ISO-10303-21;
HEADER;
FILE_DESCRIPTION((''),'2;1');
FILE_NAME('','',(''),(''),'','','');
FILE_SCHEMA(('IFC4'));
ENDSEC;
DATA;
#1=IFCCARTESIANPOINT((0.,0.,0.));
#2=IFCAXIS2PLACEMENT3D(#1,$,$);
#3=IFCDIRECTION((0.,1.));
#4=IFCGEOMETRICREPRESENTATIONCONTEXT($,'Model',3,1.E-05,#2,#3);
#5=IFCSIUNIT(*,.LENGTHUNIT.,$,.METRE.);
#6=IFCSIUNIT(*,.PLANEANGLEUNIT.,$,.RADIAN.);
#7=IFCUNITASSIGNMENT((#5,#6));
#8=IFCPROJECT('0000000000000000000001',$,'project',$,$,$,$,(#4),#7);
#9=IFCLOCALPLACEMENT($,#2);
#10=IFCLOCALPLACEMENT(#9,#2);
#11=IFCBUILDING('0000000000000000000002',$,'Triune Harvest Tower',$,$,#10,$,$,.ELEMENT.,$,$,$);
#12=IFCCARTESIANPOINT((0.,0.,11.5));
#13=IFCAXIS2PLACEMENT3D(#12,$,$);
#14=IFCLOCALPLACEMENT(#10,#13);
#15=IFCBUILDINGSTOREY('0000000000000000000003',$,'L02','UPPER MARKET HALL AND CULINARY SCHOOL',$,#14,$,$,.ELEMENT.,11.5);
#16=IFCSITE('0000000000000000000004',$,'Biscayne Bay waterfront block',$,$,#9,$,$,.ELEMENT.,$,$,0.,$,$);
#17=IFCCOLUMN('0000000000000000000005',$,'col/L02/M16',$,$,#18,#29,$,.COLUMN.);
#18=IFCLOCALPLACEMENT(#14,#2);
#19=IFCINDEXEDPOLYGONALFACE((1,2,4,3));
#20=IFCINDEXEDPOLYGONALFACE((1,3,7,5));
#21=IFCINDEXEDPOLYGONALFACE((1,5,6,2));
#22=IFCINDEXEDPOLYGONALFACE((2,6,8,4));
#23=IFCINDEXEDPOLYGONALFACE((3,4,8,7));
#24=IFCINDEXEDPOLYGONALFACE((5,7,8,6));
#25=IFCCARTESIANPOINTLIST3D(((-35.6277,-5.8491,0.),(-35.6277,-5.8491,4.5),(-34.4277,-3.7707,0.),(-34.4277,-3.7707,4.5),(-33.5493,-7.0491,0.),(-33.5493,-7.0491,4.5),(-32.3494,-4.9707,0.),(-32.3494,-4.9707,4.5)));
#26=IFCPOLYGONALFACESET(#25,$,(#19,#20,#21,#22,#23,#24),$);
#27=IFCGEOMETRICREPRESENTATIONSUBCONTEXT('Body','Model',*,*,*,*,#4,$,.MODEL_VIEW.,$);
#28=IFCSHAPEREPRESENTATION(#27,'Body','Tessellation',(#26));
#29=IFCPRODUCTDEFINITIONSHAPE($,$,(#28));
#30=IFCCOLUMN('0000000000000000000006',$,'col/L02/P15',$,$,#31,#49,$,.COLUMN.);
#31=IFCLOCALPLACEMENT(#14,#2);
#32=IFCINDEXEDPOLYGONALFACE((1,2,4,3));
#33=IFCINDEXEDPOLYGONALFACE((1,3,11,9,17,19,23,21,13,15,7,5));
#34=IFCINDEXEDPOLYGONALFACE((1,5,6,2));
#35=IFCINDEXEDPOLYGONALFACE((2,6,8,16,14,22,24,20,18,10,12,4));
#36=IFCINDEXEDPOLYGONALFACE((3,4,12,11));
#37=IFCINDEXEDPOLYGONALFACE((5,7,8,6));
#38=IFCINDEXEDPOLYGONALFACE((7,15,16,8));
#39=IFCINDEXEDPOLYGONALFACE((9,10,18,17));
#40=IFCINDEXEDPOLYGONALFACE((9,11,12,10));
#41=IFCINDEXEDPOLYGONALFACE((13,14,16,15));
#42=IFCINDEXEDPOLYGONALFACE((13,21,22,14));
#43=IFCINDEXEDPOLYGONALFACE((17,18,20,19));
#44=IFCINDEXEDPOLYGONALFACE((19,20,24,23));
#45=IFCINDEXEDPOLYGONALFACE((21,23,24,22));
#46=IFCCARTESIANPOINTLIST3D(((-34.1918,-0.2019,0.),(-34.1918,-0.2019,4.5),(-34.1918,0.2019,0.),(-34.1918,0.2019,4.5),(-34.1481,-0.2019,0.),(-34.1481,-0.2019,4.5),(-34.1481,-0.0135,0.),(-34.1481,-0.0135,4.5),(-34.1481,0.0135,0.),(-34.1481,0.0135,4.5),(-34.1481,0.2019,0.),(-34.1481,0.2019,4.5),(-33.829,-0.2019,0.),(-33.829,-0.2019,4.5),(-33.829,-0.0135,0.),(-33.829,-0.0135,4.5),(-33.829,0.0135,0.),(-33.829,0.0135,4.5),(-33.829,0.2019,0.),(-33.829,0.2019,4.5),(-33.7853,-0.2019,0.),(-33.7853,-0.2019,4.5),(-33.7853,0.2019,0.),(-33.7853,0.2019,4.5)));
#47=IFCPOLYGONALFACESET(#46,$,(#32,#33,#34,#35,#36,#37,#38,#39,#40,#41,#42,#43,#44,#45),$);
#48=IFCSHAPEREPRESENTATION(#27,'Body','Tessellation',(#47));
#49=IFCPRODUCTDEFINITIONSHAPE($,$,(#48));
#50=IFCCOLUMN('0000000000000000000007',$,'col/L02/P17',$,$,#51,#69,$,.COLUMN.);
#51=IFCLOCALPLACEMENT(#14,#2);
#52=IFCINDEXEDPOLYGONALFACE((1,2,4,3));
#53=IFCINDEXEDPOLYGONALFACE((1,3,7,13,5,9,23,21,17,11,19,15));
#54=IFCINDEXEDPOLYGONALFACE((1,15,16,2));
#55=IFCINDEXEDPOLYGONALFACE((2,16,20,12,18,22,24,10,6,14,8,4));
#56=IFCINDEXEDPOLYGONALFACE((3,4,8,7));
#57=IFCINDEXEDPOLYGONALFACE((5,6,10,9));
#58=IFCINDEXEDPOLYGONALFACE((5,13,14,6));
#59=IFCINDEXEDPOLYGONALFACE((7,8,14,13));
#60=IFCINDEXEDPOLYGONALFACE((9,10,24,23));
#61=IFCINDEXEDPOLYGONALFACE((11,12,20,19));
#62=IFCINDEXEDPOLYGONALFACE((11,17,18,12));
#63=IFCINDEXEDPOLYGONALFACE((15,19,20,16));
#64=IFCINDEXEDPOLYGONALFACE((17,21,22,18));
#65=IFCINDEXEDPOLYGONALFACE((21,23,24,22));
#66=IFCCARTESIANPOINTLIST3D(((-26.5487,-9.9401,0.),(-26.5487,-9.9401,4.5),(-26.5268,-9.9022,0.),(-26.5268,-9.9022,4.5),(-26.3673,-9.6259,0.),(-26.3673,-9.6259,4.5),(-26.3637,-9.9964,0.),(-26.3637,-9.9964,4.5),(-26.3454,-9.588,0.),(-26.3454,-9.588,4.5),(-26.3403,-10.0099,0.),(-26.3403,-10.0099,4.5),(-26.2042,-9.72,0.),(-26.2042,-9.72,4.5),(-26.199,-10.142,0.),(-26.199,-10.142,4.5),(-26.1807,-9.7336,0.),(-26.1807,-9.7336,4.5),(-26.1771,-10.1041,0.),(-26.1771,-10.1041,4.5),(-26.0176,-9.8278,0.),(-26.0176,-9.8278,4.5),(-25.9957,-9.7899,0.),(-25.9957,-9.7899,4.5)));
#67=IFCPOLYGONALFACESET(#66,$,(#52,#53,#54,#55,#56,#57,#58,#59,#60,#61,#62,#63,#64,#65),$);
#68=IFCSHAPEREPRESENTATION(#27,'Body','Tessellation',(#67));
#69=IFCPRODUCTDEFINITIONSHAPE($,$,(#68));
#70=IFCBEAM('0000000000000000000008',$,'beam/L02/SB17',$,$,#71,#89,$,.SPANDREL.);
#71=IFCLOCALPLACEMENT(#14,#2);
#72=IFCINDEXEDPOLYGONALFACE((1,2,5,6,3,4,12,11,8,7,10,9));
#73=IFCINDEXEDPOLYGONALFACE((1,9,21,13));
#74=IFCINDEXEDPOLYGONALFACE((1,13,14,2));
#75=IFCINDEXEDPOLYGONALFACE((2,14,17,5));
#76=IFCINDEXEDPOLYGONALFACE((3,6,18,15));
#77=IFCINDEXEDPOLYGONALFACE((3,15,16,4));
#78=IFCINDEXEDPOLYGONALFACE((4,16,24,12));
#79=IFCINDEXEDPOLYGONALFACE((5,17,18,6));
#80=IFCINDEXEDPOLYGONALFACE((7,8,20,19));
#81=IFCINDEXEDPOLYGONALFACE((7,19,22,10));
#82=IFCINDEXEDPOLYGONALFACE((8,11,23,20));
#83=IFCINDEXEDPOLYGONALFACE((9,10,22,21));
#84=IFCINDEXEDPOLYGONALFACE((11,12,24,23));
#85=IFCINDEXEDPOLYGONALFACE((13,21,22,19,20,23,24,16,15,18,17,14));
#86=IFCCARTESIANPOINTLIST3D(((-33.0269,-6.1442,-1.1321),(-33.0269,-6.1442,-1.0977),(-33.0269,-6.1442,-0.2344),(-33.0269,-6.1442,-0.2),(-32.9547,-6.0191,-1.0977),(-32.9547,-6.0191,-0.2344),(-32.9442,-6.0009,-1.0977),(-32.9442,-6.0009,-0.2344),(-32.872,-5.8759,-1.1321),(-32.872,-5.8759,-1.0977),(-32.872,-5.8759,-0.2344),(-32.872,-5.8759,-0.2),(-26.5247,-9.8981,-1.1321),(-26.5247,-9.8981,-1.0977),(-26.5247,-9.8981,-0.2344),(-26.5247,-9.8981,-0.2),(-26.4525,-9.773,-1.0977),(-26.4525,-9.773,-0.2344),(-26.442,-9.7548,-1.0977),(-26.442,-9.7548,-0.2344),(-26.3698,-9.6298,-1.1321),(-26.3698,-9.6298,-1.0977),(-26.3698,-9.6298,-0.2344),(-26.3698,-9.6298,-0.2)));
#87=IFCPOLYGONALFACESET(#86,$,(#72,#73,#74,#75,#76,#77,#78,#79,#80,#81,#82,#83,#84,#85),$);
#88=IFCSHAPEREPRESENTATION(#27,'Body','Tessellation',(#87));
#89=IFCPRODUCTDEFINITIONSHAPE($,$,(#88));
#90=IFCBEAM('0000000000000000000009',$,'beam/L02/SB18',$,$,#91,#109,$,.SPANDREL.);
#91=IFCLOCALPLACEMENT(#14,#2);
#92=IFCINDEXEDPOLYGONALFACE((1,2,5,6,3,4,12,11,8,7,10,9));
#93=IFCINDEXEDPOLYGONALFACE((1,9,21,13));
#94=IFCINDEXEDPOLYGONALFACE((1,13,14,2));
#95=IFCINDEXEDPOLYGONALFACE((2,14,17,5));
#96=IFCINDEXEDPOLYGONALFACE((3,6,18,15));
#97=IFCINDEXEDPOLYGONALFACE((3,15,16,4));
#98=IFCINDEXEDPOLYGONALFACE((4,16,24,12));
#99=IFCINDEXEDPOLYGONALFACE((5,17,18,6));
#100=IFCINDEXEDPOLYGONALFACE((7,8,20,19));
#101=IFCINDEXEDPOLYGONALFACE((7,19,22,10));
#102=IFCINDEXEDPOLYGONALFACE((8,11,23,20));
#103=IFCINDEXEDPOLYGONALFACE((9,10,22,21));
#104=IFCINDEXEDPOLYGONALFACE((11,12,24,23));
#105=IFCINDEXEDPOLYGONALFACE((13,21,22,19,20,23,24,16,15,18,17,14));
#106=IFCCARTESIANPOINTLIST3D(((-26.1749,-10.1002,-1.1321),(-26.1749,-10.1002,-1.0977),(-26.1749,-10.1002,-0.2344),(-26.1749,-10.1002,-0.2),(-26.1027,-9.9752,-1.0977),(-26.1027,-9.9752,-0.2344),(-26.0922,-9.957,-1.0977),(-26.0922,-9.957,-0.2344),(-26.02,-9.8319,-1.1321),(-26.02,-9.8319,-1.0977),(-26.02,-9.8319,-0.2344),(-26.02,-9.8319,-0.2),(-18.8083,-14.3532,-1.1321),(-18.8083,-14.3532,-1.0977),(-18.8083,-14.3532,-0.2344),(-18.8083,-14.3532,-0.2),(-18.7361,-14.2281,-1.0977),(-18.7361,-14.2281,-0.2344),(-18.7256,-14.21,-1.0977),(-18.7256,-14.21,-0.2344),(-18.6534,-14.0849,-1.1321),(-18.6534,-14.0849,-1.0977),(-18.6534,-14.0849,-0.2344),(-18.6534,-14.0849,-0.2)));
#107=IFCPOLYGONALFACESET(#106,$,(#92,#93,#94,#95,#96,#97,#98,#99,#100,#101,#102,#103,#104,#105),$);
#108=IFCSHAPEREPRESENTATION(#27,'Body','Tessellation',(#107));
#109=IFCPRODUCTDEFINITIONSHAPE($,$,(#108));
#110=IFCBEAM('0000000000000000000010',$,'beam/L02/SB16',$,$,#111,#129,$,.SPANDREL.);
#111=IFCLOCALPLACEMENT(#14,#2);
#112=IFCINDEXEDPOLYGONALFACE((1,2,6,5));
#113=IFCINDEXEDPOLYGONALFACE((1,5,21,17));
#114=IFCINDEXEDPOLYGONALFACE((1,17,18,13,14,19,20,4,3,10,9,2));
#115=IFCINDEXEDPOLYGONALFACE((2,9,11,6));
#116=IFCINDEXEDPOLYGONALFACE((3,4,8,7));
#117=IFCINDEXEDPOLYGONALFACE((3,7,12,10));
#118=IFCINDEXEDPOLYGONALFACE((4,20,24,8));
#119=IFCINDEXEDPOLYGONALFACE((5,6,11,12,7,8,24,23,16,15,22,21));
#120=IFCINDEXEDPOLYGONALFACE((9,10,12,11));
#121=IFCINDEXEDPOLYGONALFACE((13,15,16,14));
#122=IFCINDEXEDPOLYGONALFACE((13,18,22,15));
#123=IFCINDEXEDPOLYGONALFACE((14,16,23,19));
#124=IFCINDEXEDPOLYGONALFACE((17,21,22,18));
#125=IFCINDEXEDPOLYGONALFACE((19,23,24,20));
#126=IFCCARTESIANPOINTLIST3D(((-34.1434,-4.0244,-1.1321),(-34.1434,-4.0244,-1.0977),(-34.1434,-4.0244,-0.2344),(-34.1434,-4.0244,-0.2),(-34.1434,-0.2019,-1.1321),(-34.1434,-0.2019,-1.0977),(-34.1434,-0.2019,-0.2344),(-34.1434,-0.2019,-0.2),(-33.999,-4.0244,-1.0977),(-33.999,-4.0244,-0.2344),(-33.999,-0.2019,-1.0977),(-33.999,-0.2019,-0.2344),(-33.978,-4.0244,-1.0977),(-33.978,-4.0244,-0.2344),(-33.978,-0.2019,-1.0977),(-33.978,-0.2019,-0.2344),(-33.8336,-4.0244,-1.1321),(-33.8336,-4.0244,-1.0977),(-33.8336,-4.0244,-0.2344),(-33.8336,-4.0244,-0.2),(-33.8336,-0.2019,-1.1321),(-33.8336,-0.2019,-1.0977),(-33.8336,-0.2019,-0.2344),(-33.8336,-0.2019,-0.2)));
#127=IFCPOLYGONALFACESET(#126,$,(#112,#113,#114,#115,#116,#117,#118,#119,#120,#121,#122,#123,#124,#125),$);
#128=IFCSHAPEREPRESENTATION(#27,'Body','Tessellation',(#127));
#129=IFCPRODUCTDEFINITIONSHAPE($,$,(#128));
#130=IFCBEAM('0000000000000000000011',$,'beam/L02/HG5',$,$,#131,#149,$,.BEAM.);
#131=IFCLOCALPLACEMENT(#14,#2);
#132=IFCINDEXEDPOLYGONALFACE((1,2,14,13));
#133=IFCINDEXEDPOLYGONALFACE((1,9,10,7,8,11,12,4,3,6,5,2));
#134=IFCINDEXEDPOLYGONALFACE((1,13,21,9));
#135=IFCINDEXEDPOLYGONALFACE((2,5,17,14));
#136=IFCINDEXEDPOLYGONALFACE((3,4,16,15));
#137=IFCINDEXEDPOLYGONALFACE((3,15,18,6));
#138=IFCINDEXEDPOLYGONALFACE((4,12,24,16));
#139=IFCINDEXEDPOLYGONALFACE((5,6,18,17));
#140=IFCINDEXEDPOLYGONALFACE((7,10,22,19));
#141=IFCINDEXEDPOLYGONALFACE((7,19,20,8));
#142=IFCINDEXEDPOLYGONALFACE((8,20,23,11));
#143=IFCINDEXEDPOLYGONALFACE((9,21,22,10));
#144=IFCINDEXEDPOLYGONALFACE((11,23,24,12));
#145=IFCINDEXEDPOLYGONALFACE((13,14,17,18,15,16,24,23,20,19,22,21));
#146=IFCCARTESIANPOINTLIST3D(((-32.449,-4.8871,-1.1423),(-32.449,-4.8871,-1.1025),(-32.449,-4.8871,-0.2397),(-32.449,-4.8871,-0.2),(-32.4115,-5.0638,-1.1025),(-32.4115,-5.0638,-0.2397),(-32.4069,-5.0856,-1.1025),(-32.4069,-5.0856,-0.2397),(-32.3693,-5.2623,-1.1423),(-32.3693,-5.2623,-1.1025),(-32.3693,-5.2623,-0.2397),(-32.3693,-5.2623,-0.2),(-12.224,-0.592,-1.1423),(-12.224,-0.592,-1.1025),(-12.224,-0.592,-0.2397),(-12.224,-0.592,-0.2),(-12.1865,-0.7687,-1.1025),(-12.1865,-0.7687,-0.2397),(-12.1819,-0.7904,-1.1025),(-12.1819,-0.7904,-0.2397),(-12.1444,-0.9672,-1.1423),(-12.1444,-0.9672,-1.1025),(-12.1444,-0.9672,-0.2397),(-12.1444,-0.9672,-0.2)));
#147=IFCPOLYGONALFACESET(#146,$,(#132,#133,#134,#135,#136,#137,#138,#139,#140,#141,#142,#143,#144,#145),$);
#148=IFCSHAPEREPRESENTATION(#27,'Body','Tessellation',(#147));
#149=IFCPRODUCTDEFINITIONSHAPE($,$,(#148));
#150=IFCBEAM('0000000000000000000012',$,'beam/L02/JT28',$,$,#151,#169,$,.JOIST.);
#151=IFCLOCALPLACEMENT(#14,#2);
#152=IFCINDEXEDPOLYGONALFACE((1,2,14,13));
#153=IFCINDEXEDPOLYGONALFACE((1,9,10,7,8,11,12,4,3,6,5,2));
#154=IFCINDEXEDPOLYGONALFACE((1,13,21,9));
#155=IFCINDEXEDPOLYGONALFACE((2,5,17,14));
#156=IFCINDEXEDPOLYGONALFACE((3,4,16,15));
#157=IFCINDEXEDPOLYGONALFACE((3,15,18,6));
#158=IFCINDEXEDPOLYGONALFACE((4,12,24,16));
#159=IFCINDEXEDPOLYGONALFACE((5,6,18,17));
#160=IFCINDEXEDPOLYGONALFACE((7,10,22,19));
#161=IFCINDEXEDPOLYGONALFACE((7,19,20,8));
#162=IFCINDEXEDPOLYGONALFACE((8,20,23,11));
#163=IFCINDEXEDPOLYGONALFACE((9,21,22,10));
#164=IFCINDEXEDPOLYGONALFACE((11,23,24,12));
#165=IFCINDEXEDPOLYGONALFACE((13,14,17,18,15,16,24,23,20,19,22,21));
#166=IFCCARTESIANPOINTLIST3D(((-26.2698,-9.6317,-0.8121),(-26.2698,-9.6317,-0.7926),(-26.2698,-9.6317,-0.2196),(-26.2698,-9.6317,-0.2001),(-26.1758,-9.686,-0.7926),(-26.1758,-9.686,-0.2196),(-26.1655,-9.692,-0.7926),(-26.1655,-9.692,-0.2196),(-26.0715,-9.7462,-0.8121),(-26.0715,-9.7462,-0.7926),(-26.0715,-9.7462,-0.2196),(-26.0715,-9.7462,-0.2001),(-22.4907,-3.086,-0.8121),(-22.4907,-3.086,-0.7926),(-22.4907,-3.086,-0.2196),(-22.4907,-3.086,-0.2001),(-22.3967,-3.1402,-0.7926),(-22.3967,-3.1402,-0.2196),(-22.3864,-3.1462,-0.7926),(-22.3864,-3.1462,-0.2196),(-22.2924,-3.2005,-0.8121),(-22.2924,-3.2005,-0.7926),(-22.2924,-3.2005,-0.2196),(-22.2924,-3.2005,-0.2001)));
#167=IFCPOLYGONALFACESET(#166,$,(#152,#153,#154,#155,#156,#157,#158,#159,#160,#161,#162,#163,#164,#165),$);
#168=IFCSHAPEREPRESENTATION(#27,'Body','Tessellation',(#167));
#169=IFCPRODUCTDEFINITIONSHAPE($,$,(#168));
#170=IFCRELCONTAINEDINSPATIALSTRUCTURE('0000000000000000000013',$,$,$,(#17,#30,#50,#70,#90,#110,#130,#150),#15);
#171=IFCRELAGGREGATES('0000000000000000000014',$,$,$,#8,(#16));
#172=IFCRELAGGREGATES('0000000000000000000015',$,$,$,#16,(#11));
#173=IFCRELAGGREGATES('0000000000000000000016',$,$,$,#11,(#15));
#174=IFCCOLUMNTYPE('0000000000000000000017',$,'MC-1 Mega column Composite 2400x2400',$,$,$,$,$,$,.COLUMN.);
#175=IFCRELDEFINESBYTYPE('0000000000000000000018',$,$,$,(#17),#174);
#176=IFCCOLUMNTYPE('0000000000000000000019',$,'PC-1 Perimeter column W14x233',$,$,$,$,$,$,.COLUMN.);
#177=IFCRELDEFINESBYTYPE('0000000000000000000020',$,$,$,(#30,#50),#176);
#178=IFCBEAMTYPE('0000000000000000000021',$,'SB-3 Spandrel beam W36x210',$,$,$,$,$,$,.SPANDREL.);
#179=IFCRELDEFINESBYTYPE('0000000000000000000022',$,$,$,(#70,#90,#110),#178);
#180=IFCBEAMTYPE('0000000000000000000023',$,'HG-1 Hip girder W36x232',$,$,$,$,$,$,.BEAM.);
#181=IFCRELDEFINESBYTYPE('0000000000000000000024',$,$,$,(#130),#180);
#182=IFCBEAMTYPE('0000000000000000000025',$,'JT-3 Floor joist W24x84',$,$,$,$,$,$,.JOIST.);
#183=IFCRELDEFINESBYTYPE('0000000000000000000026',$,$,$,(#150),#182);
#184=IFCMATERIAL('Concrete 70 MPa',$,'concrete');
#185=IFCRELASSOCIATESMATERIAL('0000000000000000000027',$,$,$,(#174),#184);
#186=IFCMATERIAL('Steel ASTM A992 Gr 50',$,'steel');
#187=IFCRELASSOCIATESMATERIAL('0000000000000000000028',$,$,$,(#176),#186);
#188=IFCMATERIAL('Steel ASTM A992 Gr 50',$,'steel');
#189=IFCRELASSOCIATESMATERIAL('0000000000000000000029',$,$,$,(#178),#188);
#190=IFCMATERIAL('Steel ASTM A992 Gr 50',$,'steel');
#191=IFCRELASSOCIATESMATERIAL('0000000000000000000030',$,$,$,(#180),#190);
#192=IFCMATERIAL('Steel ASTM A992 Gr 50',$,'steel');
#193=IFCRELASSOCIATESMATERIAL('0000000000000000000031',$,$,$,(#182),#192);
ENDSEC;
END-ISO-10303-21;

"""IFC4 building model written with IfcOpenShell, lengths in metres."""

from ifc_helpers import new_model, si_unit, direction, frame, origin, origin_2d, place, context, subcontext, project, spatial, rectangle, i_section, extrude, source, transform, mapped, material, material_profile, profile_set, type_object, element, save


model = new_model("IFC4")

# Units and contexts
model_context = context("Model", 3, precision=1e-05, world=origin(), true_north=direction((0.0, 1.0)))
body_context = subcontext(model_context, "Body", "Model", "MODEL_VIEW")
ifc_project = project(units=[si_unit("LENGTHUNIT", "METRE"), si_unit("PLANEANGLEUNIT", "RADIAN")], contexts=[model_context])

# Site, building, storey
site_placement = place(None, origin())
site = spatial("IfcSite", under=ifc_project, at=site_placement, Name="Biscayne Bay waterfront block", CompositionType="ELEMENT", RefElevation=0.0)
building_placement = place(site_placement, origin())
building = spatial("IfcBuilding", under=site, at=building_placement, Name="Triune Harvest Tower", CompositionType="ELEMENT")
storey_placement = place(building_placement, frame((0.0, 0.0, 11.5)))
storey = spatial("IfcBuildingStorey", under=building, at=storey_placement, Name="L02", Description="UPPER MARKET HALL AND CULINARY SCHOOL", CompositionType="ELEMENT", Elevation=11.5)

# Columns
ifc_material_1 = material(Name="Concrete 70 MPa", Category="concrete")
ifc_material_profile_1 = material_profile(ifc_material_1, rectangle(XDim=2.3999, YDim=2.3999, at=origin_2d()), Name="Composite 2400x2400")
ifc_profile_set_1 = profile_set([ifc_material_profile_1], Name="Concrete 70 MPa")
column_type_1 = type_object("IfcColumnType", Name="MC-1 Mega column Composite 2400x2400", PredefinedType="COLUMN", material=ifc_profile_set_1)
shared_shape_1 = source(origin(), body_context, "Body", "SweptSolid", [
    extrude(rectangle(XDim=2.3999, YDim=2.3999, at=origin_2d()), origin(), (0.0, 0.0, 1.0), 4.5),
])
column_placement = place(storey_placement, frame((-33.9885, -5.4099, 0.0), z_axis=(0.0, 0.0, 1.0), x_axis=(0.866025, -0.5, 0.0)))
element("IfcColumn", 1, at=column_placement, inside=storey, type_object=column_type_1, Name="col/L02/M16", PredefinedType="COLUMN", context=body_context, shape_type="MappedRepresentation", body=[
    mapped(shared_shape_1, transform((0.0, 0.0, 0.0), scale=1.0)),
])
ifc_material_2 = material(Name="Steel ASTM A992 Gr 50", Category="steel")
ifc_material_profile_2 = material_profile(ifc_material_2, i_section(OverallWidth=0.4038, OverallDepth=0.4065, WebThickness=0.0271, FlangeThickness=0.0437, at=origin_2d()), Name="W14x233")
ifc_profile_set_2 = profile_set([ifc_material_profile_2], Name="Steel ASTM A992 Gr 50")
column_type_2 = type_object("IfcColumnType", Name="PC-1 Perimeter column W14x233", PredefinedType="COLUMN", material=ifc_profile_set_2)
shared_shape_2 = source(origin(), body_context, "Body", "SweptSolid", [
    extrude(i_section(OverallWidth=0.4038, OverallDepth=0.4065, WebThickness=0.0271, FlangeThickness=0.0437, at=origin_2d()), origin(), (0.0, 0.0, 1.0), 4.5),
])
for number, where, z_axis, x_axis, name in (
    (2, (-33.9885, 0.0, 0.0), (0.0, 0.0, 1.0), (0.0, -1.0, 0.0), "col/L02/P15"),
    (3, (-26.2722, -9.865, 0.0), (0.0, 0.0, 1.0), (0.866025, -0.5, 0.0), "col/L02/P17"),
):
    element("IfcColumn", number, at=place(storey_placement, frame(where, z_axis=z_axis, x_axis=x_axis)), inside=storey, type_object=column_type_2, Name=name, PredefinedType="COLUMN", context=body_context, shape_type="MappedRepresentation", body=[
        mapped(shared_shape_2, transform((0.0, 0.0, 0.0), scale=1.0)),
    ])

# Beams
ifc_material_3 = material(Name="Steel ASTM A992 Gr 50", Category="steel")
ifc_material_profile_3 = material_profile(ifc_material_3, i_section(OverallWidth=0.3098, OverallDepth=0.9321, WebThickness=0.021, FlangeThickness=0.0344, at=origin_2d()), Name="W36x210")
ifc_profile_set_3 = profile_set([ifc_material_profile_3], Name="Steel ASTM A992 Gr 50")
beam_type_1 = type_object("IfcBeamType", Name="SB-3 Spandrel beam W36x210", PredefinedType="SPANDREL", material=ifc_profile_set_3)
shared_shape_3 = source(origin(), body_context, "Body", "SweptSolid", [
    extrude(i_section(OverallWidth=0.3098, OverallDepth=0.9321, WebThickness=0.021, FlangeThickness=0.0344, at=origin_2d()), origin(), (0.0, 0.0, 1.0), 7.5081),
])
beam_1_placement = place(storey_placement, frame((-32.9495, -6.01, -0.666), z_axis=(0.866033, -0.499986, 0.0), x_axis=(0.499986, 0.866033, 0.0)))
element("IfcBeam", 4, at=beam_1_placement, inside=storey, type_object=beam_type_1, Name="beam/L02/SB17", PredefinedType="SPANDREL", context=body_context, shape_type="MappedRepresentation", body=[
    mapped(shared_shape_3, transform((0.0, 0.0, 0.0), scale=1.0)),
])
shared_shape_4 = source(origin(), body_context, "Body", "SweptSolid", [
    extrude(i_section(OverallWidth=0.3098, OverallDepth=0.9321, WebThickness=0.021, FlangeThickness=0.0344, at=origin_2d()), origin(), (0.0, 0.0, 1.0), 8.5061),
])
beam_2_placement = place(storey_placement, frame((-26.0974, -9.9661, -0.666), z_axis=(0.86603, -0.499992, 0.0), x_axis=(0.499992, 0.86603, 0.0)))
element("IfcBeam", 5, at=beam_2_placement, inside=storey, type_object=beam_type_1, Name="beam/L02/SB18", PredefinedType="SPANDREL", context=body_context, shape_type="MappedRepresentation", body=[
    mapped(shared_shape_4, transform((0.0, 0.0, 0.0), scale=1.0)),
])
shared_shape_5 = source(origin(), body_context, "Body", "SweptSolid", [
    extrude(i_section(OverallWidth=0.3098, OverallDepth=0.9321, WebThickness=0.021, FlangeThickness=0.0344, at=origin_2d()), origin(), (0.0, 0.0, 1.0), 3.8225),
])
beam_3_placement = place(storey_placement, frame((-33.9885, -0.2019, -0.666), z_axis=(0.0, -1.0, 0.0), x_axis=(1.0, 0.0, 0.0)))
element("IfcBeam", 6, at=beam_3_placement, inside=storey, type_object=beam_type_1, Name="beam/L02/SB16", PredefinedType="SPANDREL", context=body_context, shape_type="MappedRepresentation", body=[
    mapped(shared_shape_5, transform((0.0, 0.0, 0.0), scale=1.0)),
])
ifc_material_4 = material(Name="Steel ASTM A992 Gr 50", Category="steel")
ifc_material_profile_4 = material_profile(ifc_material_4, i_section(OverallWidth=0.3835, OverallDepth=0.9424, WebThickness=0.0222, FlangeThickness=0.0398, at=origin_2d()), Name="W36x232")
ifc_profile_set_4 = profile_set([ifc_material_profile_4], Name="Steel ASTM A992 Gr 50")
beam_type_2 = type_object("IfcBeamType", Name="HG-1 Hip girder W36x232", PredefinedType="BEAM", material=ifc_profile_set_4)
shared_shape_6 = source(origin(), body_context, "Body", "SweptSolid", [
    extrude(i_section(OverallWidth=0.3835, OverallDepth=0.9424, WebThickness=0.0222, FlangeThickness=0.0398, at=origin_2d()), origin(), (0.0, 0.0, 1.0), 20.676),
])
beam_4_placement = place(storey_placement, frame((-32.4092, -5.0747, -0.6711), z_axis=(0.978185, 0.207735, 0.0), x_axis=(-0.207735, 0.978185, 0.0)))
element("IfcBeam", 7, at=beam_4_placement, inside=storey, type_object=beam_type_2, Name="beam/L02/HG5", PredefinedType="BEAM", context=body_context, shape_type="MappedRepresentation", body=[
    mapped(shared_shape_6, transform((0.0, 0.0, 0.0), scale=1.0)),
])
ifc_material_5 = material(Name="Steel ASTM A992 Gr 50", Category="steel")
ifc_material_profile_5 = material_profile(ifc_material_5, i_section(OverallWidth=0.229, OverallDepth=0.6121, WebThickness=0.012, FlangeThickness=0.0195, at=origin_2d()), Name="W24x84")
ifc_profile_set_5 = profile_set([ifc_material_profile_5], Name="Steel ASTM A992 Gr 50")
beam_type_3 = type_object("IfcBeamType", Name="JT-3 Floor joist W24x84", PredefinedType="JOIST", material=ifc_profile_set_5)
shared_shape_7 = source(origin(), body_context, "Body", "SweptSolid", [
    extrude(i_section(OverallWidth=0.229, OverallDepth=0.6121, WebThickness=0.012, FlangeThickness=0.0195, at=origin_2d()), origin(), (0.0, 0.0, 1.0), 7.5583),
])
beam_5_placement = place(storey_placement, frame((-26.1707, -9.689, -0.5061), z_axis=(0.499992, 0.86603, 0.0), x_axis=(-0.86603, 0.499992, 0.0)))
element("IfcBeam", 8, at=beam_5_placement, inside=storey, type_object=beam_type_3, Name="beam/L02/JT28", PredefinedType="JOIST", context=body_context, shape_type="MappedRepresentation", body=[
    mapped(shared_shape_7, transform((0.0, 0.0, 0.0), scale=1.0)),
])

save(model, "model.ifc")
